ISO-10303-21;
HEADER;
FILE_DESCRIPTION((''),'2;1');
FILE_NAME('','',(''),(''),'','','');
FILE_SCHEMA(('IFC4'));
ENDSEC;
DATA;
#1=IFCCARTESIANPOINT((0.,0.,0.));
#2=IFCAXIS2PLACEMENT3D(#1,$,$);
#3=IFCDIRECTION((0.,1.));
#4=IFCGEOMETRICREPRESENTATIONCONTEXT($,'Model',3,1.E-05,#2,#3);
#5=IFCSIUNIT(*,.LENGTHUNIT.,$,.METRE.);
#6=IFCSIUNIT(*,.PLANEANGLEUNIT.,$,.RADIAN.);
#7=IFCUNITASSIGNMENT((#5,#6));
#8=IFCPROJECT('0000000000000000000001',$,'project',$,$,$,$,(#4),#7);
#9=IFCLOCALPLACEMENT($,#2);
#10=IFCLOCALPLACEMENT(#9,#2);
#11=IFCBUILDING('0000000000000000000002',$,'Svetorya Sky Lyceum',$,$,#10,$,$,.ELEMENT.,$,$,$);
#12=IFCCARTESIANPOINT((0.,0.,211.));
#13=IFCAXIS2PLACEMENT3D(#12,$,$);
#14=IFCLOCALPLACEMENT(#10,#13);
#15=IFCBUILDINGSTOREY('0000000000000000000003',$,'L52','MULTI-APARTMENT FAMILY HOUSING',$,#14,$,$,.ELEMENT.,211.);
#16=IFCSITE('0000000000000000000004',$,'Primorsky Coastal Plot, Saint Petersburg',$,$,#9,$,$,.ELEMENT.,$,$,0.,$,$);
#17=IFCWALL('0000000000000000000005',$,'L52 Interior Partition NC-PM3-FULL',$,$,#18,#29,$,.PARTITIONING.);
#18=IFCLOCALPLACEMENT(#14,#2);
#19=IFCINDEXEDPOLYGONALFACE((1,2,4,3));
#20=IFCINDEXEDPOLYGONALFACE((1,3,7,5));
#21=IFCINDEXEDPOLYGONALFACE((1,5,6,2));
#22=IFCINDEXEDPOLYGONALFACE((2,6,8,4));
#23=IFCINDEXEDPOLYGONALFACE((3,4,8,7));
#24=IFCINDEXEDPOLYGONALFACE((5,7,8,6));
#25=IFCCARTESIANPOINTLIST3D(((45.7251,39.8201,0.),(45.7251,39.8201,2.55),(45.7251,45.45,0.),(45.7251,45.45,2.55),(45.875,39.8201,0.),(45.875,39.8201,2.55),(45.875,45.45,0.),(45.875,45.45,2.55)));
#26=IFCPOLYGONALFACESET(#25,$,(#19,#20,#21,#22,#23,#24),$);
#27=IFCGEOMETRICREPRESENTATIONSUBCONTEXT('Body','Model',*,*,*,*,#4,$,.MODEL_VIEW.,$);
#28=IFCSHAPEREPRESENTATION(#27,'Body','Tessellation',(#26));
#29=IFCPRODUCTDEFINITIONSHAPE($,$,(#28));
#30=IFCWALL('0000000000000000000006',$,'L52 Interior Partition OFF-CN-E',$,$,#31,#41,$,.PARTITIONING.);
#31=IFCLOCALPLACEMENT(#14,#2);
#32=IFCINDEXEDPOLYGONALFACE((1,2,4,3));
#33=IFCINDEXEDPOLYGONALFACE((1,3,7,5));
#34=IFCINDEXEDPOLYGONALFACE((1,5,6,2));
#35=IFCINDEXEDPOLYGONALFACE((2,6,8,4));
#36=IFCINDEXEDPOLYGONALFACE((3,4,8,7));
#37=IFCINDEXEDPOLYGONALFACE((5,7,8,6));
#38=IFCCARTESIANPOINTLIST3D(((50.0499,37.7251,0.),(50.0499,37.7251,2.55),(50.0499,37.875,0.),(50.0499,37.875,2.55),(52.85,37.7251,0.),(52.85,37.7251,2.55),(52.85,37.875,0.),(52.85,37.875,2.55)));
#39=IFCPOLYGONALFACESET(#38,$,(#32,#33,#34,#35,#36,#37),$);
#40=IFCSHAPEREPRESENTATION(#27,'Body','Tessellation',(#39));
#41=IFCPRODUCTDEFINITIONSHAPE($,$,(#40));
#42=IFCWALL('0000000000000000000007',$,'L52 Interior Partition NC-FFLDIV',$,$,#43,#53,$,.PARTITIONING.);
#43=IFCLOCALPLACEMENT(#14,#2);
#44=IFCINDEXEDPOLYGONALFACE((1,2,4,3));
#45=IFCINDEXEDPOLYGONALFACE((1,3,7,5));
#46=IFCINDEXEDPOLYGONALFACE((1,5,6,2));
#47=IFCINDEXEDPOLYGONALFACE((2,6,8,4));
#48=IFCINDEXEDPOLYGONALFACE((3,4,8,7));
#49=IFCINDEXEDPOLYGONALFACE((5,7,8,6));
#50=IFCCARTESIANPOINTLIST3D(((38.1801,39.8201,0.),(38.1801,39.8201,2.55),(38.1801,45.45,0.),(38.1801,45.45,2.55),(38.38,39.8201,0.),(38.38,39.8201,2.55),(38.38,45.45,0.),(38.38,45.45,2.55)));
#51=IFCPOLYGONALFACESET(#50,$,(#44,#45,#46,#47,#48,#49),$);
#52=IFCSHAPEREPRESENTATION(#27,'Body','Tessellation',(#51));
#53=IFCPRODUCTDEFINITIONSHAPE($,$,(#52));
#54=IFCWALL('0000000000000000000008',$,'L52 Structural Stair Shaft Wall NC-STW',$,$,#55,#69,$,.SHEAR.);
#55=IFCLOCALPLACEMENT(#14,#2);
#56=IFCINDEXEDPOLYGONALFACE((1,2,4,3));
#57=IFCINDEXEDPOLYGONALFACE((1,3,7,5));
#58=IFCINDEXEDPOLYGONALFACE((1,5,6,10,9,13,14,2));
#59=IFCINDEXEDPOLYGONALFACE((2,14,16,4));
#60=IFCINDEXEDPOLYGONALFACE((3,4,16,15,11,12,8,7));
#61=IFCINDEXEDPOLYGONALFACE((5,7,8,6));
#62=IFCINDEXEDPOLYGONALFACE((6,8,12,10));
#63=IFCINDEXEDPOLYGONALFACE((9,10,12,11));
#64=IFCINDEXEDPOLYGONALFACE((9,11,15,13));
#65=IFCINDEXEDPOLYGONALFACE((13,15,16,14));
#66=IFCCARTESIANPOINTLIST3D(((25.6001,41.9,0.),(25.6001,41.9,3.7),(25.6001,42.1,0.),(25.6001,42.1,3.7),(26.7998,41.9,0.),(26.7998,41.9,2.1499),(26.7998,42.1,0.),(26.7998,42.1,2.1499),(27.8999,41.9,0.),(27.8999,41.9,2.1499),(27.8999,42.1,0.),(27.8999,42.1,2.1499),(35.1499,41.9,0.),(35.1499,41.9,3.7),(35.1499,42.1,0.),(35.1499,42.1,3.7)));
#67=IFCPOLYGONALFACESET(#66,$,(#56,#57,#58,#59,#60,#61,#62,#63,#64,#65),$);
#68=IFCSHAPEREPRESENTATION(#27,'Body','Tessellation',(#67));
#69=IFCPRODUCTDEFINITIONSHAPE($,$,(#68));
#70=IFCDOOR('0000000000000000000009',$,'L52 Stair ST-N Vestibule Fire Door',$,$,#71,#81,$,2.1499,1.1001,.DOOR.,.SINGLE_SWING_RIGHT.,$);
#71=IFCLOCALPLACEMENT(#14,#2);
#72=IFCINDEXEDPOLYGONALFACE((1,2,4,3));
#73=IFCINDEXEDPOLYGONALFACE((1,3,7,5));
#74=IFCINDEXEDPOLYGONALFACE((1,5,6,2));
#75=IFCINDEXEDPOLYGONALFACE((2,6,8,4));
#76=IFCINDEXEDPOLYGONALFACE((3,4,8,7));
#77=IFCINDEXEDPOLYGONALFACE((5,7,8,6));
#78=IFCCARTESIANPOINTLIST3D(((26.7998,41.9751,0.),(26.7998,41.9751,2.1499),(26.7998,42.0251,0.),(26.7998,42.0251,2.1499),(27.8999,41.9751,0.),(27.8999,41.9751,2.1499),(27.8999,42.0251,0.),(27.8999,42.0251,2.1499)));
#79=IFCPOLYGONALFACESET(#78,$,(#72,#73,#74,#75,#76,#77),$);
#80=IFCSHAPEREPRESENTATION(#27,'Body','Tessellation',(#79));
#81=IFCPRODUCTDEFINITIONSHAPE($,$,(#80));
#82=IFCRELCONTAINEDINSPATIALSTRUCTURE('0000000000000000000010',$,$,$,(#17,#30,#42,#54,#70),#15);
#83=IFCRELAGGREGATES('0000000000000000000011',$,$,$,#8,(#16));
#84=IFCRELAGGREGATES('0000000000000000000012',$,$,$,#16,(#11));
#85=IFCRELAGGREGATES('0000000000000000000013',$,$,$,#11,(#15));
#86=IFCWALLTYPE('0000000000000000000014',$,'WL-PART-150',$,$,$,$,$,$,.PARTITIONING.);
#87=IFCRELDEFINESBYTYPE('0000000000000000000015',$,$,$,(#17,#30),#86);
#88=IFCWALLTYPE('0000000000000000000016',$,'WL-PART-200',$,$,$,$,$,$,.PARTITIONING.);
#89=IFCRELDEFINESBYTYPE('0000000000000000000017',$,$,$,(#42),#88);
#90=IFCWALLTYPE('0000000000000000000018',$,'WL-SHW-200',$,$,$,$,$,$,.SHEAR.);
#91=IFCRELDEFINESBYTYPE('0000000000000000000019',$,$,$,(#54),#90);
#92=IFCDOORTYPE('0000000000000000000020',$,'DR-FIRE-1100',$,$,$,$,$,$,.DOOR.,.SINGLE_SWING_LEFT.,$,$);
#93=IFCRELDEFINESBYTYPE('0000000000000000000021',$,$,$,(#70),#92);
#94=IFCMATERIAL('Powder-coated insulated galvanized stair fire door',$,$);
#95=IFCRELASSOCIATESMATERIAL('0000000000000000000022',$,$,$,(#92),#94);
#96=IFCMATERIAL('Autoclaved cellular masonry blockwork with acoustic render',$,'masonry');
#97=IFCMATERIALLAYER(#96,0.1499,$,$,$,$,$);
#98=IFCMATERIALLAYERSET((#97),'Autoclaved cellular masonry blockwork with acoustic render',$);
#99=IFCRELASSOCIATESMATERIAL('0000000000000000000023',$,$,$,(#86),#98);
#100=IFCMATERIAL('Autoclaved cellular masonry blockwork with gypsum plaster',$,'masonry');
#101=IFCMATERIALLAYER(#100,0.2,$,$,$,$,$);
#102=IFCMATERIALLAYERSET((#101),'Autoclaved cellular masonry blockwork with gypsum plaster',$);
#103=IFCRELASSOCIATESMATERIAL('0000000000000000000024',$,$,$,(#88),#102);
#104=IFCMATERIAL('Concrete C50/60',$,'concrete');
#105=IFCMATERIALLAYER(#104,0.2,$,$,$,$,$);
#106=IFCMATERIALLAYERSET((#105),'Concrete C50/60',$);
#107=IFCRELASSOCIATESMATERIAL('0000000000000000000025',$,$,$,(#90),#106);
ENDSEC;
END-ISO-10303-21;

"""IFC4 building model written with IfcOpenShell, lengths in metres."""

from ifc_helpers import new_model, si_unit, direction, frame, frame_2d, origin, place, context, subcontext, project, spatial, rectangle, extrude, material, layer, layer_set, type_object, element, fill, save


model = new_model("IFC4")

# Units and contexts
model_context = context("Model", 3, precision=1e-05, world=origin(), true_north=direction((0.0, 1.0)))
body_context = subcontext(model_context, "Body", "Model", "MODEL_VIEW")
ifc_project = project(units=[si_unit("LENGTHUNIT", "METRE"), si_unit("PLANEANGLEUNIT", "RADIAN")], contexts=[model_context])

# Site, building, storey
site_placement = place(None, origin())
site = spatial("IfcSite", under=ifc_project, at=site_placement, Name="Primorsky Coastal Plot, Saint Petersburg", CompositionType="ELEMENT", RefElevation=0.0)
building_placement = place(site_placement, origin())
building = spatial("IfcBuilding", under=site, at=building_placement, Name="Svetorya Sky Lyceum", CompositionType="ELEMENT")
storey_placement = place(building_placement, frame((0.0, 0.0, 211.0)))
storey = spatial("IfcBuildingStorey", under=building, at=storey_placement, Name="L52", Description="MULTI-APARTMENT FAMILY HOUSING", CompositionType="ELEMENT", Elevation=211.0)

# Shared definitions
ifc_material_1 = material(Name="Concrete C50/60", Category="concrete")

# Shared definitions
ifc_material_2 = material(Name="Powder-coated insulated galvanized stair fire door")
door_type_1 = type_object("IfcDoorType", Name="DR-FIRE-1100", OperationType="SINGLE_SWING_LEFT", PredefinedType="DOOR", material=ifc_material_2)

# Walls
ifc_material_3 = material(Name="Autoclaved cellular masonry blockwork with acoustic render", Category="masonry")
ifc_layer_1 = layer(ifc_material_3, 0.1499)
ifc_layer_set_1 = layer_set([ifc_layer_1], Name="Autoclaved cellular masonry blockwork with acoustic render")
wall_type_1 = type_object("IfcWallType", Name="WL-PART-150", PredefinedType="PARTITIONING", material=ifc_layer_set_1)
for number, where, z_axis, x_axis, name in (
    (1, (45.8, 39.8201, 0.0), (0.0, 0.0, 1.0), (0.0, 1.0, 0.0), "L52 Interior Partition NC-PM3-FULL"),
):
    element("IfcWall", number, at=place(storey_placement, frame(where, z_axis=z_axis, x_axis=x_axis)), inside=storey, type_object=wall_type_1, Name=name, PredefinedType="PARTITIONING", context=body_context, shape_type="SweptSolid", body=[
        extrude(rectangle(XDim=5.6299, YDim=0.1499, at=frame_2d((2.8149, 0.0))), origin(), (0.0, 0.0, 1.0), 2.55),
    ])
wall_1_placement = place(storey_placement, frame((50.05, 37.8, 0.0), z_axis=(0.0, 0.0, 1.0), x_axis=(1.0, 0.0, 0.0)))
element("IfcWall", 2, at=wall_1_placement, inside=storey, type_object=wall_type_1, Name="L52 Interior Partition OFF-CN-E", PredefinedType="PARTITIONING", context=body_context, shape_type="SweptSolid", body=[
    extrude(rectangle(XDim=2.8, YDim=0.1499, at=frame_2d((1.3999, 0.0))), origin(), (0.0, 0.0, 1.0), 2.55),
])

# Shared definitions
ifc_material_4 = material(Name="Autoclaved cellular masonry blockwork with gypsum plaster", Category="masonry")
ifc_layer_2 = layer(ifc_material_4, 0.2)
ifc_layer_set_2 = layer_set([ifc_layer_2], Name="Autoclaved cellular masonry blockwork with gypsum plaster")
wall_type_2 = type_object("IfcWallType", Name="WL-PART-200", PredefinedType="PARTITIONING", material=ifc_layer_set_2)

# Wall
wall_2_placement = place(storey_placement, frame((38.28, 39.8201, 0.0), z_axis=(0.0, 0.0, 1.0), x_axis=(0.0, 1.0, 0.0)))
element("IfcWall", 3, at=wall_2_placement, inside=storey, type_object=wall_type_2, Name="L52 Interior Partition NC-FFLDIV", PredefinedType="PARTITIONING", context=body_context, shape_type="SweptSolid", body=[
    extrude(rectangle(XDim=5.6299, YDim=0.2, at=frame_2d((2.8149, 0.0))), origin(), (0.0, 0.0, 1.0), 2.55),
])

# Wall, opening, door
ifc_layer_3 = layer(ifc_material_1, 0.2)
ifc_layer_set_3 = layer_set([ifc_layer_3], Name="Concrete C50/60")
wall_type_3 = type_object("IfcWallType", Name="WL-SHW-200", PredefinedType="SHEAR", material=ifc_layer_set_3)
wall_3_placement = place(storey_placement, frame((35.1499, 42.0, 0.0), z_axis=(0.0, 0.0, 1.0), x_axis=(-1.0, 0.0, 0.0)))
wall_3 = element("IfcWall", 4, at=wall_3_placement, inside=storey, type_object=wall_type_3, Name="L52 Structural Stair Shaft Wall NC-STW", PredefinedType="SHEAR", context=body_context, shape_type="SweptSolid", body=[
    extrude(rectangle(XDim=9.5498, YDim=0.2, at=frame_2d((4.7749, 0.0))), origin(), (0.0, 0.0, 1.0), 3.7),
])
opening_1_placement = place(wall_3_placement, frame((7.25, 0.0, 0.0)))
opening_1 = element("IfcOpeningElement", 5, at=opening_1_placement, cuts=wall_3, PredefinedType="OPENING", context=body_context, shape_type="SweptSolid", body=[
    extrude(rectangle(XDim=1.1001, YDim=2.1499, at=frame_2d((0.55, 1.075))), frame((0.0, 0.1099, 0.0), z_axis=(0.0, -1.0, 0.0), x_axis=(1.0, 0.0, 0.0)), (0.0, 0.0, 1.0), 0.22),
])
door_1_placement = place(opening_1_placement, origin())
door_1 = element("IfcDoor", 6, at=door_1_placement, inside=storey, type_object=door_type_1, Name="L52 Stair ST-N Vestibule Fire Door", OperationType="SINGLE_SWING_RIGHT", OverallHeight=2.1499, OverallWidth=1.1001, PredefinedType="DOOR", context=body_context, shape_type="SweptSolid", body=[
    extrude(rectangle(XDim=1.1001, YDim=2.1499, at=frame_2d((0.55, 1.075))), frame((0.0, 0.0249, 0.0), z_axis=(0.0, -1.0, 0.0), x_axis=(1.0, 0.0, 0.0)), (0.0, 0.0, 1.0), 0.05),
])
fill(opening_1, door_1)

save(model, "model.ifc")
